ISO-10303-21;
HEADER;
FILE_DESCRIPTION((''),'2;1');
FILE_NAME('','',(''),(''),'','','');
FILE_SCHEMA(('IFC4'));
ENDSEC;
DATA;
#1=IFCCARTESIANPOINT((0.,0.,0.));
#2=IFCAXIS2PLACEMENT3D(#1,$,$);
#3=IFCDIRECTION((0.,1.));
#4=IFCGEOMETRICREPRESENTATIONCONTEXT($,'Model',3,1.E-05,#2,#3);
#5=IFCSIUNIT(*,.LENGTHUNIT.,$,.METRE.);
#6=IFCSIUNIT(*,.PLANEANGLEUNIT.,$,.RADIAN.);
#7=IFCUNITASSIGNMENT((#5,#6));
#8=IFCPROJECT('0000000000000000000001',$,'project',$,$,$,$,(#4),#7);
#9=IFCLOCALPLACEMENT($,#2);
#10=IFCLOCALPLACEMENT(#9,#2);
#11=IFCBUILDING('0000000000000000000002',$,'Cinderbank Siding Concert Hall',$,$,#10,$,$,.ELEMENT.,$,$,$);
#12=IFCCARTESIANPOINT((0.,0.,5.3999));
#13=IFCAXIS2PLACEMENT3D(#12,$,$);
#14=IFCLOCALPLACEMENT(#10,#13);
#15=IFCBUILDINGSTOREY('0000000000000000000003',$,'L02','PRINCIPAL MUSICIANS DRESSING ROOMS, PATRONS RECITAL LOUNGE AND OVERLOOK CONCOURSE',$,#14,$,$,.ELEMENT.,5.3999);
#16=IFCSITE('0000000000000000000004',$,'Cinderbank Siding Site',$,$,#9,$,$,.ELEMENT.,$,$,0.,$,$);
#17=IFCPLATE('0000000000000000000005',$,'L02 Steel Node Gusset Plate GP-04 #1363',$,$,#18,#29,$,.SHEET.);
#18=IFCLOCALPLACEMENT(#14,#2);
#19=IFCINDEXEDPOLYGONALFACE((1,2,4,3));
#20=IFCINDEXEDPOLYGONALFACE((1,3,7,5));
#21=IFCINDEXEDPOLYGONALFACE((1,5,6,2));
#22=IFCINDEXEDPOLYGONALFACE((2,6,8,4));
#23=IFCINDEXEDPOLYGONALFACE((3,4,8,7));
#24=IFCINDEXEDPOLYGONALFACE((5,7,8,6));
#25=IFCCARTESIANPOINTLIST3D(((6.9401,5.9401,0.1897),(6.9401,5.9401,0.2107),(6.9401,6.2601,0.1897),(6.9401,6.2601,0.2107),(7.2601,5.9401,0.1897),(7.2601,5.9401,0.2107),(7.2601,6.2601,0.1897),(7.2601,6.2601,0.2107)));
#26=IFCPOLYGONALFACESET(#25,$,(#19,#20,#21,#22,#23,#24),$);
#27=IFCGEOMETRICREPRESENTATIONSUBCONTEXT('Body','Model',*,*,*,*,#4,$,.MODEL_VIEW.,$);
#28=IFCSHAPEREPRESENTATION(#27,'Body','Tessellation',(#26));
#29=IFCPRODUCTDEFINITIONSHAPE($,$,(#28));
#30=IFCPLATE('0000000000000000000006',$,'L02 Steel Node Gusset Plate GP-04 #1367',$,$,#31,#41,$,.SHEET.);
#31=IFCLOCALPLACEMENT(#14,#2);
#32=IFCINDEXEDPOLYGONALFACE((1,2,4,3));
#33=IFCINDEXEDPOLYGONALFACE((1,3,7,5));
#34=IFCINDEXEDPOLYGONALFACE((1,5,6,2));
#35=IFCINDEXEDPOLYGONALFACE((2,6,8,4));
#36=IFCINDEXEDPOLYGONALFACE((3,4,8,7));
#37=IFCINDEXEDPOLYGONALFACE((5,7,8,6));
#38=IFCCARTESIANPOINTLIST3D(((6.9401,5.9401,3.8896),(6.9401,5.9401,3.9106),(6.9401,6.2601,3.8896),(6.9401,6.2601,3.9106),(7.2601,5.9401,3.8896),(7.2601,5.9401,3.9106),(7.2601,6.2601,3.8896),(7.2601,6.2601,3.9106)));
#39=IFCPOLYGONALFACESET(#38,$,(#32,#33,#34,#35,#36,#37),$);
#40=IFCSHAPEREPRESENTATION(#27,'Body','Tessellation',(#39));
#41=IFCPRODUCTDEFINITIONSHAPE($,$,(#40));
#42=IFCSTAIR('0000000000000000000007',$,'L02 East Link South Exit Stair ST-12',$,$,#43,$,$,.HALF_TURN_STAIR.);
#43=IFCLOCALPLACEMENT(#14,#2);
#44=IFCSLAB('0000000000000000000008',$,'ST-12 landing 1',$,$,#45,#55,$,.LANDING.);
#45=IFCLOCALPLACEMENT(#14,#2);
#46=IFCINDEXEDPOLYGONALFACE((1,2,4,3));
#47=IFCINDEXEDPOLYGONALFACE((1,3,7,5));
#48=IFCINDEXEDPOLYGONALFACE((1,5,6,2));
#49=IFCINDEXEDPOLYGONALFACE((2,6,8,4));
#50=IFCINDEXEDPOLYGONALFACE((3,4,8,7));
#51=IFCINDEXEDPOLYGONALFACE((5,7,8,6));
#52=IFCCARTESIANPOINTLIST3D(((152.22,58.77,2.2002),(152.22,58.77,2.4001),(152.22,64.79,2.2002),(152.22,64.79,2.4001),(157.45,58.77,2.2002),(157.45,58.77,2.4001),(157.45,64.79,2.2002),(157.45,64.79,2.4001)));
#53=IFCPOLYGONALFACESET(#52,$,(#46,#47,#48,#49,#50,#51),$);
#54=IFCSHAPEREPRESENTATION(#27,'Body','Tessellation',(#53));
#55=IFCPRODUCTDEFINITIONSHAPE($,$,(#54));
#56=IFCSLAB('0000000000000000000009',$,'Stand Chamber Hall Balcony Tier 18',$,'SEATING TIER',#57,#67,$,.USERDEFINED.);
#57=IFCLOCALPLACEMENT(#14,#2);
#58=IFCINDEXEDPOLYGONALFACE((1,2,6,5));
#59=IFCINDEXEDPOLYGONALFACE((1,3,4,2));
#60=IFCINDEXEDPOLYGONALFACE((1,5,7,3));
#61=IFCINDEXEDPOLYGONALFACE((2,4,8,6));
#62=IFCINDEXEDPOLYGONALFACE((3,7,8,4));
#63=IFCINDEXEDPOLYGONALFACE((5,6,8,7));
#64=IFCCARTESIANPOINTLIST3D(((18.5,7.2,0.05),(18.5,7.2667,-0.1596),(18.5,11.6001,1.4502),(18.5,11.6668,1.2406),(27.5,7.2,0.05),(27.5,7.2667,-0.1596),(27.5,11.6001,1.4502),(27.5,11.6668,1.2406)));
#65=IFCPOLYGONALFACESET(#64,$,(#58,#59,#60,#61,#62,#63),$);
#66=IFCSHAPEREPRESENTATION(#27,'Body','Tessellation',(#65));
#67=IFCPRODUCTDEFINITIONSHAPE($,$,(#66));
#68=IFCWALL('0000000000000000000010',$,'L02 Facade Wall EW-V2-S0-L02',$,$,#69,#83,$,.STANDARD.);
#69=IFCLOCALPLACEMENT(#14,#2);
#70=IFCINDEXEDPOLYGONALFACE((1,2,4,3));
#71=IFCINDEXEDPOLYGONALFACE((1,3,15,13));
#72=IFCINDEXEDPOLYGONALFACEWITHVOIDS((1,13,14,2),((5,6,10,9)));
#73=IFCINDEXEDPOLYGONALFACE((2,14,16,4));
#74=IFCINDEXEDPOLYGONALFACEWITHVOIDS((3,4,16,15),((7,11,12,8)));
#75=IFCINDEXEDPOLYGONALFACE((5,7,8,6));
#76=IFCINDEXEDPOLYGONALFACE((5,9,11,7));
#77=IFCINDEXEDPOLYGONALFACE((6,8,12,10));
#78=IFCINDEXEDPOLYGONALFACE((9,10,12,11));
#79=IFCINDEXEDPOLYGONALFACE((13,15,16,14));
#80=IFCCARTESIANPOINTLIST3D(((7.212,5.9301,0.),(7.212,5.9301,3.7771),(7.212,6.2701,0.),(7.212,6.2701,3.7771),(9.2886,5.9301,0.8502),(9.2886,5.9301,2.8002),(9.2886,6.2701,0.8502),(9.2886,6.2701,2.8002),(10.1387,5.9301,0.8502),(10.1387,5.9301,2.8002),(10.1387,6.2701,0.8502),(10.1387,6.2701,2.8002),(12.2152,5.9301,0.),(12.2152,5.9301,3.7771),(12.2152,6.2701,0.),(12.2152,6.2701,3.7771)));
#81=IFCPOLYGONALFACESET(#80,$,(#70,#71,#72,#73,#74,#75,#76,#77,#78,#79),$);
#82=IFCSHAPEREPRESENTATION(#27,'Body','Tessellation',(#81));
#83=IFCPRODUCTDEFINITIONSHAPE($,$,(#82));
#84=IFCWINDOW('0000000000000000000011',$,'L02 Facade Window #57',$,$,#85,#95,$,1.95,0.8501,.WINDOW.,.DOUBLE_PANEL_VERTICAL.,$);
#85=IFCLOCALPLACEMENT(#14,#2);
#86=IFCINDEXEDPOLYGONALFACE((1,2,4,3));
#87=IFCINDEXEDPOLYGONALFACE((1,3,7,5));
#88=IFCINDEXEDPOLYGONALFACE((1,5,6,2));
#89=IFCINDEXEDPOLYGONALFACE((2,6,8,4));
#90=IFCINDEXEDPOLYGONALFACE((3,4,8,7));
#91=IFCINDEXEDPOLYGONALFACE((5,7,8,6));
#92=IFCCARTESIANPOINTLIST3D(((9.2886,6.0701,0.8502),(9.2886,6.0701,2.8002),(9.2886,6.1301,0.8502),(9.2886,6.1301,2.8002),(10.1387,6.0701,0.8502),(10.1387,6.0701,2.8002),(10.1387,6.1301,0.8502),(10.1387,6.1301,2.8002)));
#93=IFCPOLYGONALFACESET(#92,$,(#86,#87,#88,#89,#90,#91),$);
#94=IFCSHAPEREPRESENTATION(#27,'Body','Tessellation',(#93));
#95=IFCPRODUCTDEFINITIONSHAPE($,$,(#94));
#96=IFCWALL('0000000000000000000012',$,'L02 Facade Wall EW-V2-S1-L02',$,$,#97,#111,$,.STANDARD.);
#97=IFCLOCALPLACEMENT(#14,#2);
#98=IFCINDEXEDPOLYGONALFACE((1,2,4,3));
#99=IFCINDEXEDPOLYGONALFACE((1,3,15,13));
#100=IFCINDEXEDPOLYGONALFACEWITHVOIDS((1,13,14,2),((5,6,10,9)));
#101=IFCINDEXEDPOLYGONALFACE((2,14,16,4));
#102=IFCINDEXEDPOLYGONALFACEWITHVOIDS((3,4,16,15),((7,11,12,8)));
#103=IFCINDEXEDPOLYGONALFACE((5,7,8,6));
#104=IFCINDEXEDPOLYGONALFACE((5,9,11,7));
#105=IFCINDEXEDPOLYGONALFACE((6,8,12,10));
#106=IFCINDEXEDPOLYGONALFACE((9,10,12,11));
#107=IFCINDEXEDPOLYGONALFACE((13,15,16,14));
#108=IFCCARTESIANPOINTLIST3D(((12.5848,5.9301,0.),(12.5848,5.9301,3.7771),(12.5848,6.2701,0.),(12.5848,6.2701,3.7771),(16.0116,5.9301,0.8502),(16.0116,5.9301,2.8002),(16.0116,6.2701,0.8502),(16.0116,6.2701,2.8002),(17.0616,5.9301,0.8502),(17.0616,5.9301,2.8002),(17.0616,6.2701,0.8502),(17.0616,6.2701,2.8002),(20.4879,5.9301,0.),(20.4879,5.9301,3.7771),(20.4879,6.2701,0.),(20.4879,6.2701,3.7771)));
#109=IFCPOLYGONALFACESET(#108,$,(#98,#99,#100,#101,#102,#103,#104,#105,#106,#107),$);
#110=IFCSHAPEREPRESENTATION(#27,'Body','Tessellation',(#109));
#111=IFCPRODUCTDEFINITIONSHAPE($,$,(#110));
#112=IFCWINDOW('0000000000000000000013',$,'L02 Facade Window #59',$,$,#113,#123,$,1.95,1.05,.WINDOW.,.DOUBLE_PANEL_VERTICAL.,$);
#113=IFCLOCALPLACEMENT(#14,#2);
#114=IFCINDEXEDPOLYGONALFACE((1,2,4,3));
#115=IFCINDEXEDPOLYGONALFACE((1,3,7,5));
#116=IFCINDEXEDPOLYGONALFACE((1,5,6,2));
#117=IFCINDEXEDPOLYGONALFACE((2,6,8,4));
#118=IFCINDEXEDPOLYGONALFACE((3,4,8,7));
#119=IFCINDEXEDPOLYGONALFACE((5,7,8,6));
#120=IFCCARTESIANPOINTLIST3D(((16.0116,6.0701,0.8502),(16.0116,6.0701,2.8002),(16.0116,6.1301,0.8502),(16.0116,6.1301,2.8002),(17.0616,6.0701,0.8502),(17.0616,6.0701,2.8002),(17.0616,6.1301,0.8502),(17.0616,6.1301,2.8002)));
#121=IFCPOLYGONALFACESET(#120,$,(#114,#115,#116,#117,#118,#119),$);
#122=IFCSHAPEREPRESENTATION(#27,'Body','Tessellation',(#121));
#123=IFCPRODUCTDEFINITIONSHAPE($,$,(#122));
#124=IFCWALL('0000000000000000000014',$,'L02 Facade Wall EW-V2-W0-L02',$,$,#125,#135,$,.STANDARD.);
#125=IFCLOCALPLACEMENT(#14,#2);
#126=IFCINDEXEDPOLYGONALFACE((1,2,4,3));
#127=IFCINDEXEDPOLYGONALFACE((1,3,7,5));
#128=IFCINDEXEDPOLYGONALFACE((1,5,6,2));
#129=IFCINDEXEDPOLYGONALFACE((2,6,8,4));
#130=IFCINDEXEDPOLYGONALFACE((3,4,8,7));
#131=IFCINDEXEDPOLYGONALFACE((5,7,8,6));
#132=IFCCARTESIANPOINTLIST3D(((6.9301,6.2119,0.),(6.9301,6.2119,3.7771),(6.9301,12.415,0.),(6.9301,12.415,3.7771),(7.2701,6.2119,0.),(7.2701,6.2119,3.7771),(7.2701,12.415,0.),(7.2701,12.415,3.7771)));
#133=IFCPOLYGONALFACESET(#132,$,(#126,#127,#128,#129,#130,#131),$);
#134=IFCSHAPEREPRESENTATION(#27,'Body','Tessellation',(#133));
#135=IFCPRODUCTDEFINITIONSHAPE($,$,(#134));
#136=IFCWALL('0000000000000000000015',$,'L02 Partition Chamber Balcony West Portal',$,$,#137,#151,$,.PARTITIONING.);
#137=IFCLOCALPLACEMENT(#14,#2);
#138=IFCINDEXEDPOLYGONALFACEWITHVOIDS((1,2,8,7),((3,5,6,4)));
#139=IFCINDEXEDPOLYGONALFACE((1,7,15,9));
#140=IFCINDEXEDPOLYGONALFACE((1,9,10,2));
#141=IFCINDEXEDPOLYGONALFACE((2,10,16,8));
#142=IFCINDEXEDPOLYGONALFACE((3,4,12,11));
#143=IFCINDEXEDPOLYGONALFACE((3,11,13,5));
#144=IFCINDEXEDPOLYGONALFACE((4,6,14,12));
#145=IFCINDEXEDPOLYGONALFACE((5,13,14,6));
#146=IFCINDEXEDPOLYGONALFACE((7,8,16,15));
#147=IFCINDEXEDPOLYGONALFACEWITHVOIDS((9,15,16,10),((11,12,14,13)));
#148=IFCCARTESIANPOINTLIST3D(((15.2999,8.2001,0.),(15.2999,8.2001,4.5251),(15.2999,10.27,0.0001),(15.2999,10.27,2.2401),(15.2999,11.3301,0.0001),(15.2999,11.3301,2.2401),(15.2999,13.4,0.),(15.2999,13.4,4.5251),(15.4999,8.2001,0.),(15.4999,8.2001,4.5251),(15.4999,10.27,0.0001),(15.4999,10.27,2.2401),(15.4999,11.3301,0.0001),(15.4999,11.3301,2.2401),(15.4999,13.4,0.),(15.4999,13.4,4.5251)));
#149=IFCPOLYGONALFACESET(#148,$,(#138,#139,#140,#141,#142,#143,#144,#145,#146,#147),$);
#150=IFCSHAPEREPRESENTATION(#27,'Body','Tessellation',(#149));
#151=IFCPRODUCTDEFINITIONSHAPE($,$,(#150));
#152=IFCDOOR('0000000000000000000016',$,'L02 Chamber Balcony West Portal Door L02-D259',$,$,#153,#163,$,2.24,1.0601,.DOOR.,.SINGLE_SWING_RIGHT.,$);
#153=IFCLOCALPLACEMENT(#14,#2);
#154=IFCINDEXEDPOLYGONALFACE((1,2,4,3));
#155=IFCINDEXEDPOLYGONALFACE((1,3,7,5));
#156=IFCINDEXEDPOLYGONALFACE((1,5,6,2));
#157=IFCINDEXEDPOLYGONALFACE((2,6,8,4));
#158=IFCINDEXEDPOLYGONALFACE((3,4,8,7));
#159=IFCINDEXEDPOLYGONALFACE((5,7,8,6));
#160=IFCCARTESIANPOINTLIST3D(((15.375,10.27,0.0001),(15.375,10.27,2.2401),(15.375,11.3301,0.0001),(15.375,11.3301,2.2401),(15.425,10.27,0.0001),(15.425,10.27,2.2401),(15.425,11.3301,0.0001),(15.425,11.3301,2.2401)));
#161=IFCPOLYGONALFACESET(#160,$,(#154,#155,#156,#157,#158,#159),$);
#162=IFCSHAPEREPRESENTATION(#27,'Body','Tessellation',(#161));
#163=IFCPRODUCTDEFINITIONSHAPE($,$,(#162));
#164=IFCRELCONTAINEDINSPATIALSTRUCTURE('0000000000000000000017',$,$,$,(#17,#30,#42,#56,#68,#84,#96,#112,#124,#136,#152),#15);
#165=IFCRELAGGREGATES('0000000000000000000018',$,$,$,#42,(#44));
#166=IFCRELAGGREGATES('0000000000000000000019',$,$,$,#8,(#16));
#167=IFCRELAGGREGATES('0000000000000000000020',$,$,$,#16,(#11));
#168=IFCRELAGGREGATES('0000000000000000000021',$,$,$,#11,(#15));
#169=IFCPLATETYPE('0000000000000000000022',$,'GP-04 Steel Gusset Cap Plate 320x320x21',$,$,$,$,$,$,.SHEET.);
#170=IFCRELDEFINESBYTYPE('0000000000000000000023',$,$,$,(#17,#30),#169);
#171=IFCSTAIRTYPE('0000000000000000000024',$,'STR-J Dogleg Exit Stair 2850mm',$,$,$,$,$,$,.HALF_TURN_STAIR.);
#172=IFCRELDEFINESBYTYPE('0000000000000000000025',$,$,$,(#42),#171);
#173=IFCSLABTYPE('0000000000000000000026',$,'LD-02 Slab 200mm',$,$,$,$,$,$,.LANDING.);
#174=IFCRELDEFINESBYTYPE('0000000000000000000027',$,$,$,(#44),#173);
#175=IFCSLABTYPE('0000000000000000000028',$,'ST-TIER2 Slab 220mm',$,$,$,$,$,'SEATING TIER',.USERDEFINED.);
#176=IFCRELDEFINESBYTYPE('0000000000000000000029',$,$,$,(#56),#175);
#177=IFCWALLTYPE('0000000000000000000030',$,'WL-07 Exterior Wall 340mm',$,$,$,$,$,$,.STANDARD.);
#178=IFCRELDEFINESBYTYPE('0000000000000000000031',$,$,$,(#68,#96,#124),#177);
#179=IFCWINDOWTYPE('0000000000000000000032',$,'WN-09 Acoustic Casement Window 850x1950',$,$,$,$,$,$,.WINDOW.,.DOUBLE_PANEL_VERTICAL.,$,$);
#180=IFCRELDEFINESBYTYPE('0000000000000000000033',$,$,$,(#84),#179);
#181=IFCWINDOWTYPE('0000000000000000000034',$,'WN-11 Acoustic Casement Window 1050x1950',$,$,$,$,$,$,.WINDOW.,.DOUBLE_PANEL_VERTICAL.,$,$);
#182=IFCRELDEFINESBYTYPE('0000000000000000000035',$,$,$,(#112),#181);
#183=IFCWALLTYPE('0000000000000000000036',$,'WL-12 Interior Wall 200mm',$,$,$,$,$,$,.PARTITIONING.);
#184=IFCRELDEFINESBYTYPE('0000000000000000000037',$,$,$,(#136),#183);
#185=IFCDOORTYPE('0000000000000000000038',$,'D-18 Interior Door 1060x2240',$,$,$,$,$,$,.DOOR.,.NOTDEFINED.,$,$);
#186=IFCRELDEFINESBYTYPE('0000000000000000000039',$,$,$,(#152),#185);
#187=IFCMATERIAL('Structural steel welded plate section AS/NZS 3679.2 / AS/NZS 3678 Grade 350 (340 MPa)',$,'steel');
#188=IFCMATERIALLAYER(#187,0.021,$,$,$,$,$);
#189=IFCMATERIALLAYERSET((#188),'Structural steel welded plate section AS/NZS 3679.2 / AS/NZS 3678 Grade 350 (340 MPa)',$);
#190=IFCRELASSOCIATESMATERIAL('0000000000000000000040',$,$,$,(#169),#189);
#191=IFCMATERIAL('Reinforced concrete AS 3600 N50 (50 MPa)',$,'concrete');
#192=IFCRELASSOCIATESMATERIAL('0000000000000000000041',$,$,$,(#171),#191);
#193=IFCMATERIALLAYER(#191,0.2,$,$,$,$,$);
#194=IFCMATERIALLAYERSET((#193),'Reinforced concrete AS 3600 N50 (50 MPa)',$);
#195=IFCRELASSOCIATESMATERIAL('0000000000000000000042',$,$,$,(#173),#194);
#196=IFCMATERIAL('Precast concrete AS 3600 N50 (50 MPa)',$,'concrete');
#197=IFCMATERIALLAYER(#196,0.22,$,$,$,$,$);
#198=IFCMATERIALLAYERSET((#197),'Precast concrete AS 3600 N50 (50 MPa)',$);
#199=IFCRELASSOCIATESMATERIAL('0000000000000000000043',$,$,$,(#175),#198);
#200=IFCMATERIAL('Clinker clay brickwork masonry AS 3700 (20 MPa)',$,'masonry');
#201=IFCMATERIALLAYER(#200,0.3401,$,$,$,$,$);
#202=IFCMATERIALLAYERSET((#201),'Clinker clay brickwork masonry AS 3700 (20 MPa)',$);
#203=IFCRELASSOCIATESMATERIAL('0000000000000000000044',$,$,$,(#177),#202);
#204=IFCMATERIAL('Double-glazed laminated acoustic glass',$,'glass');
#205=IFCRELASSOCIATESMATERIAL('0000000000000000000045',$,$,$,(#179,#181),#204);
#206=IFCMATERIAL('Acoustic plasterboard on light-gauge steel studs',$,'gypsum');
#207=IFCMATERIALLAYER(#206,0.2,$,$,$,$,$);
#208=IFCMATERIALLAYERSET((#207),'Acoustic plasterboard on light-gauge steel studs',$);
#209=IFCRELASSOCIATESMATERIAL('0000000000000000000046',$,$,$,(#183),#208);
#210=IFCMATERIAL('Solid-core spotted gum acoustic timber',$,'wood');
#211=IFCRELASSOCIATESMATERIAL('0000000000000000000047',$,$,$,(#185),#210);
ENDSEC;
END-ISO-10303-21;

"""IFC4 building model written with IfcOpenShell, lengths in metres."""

from ifc_helpers import new_model, si_unit, direction, frame, frame_2d, origin, origin_2d, place, context, subcontext, project, spatial, polyline, rectangle, outline, extrude, material, layer, layer_set, type_object, element, fill, aggregate, save


model = new_model("IFC4")

# Units and contexts
model_context = context("Model", 3, precision=1e-05, world=origin(), true_north=direction((0.0, 1.0)))
body_context = subcontext(model_context, "Body", "Model", "MODEL_VIEW")
ifc_project = project(units=[si_unit("LENGTHUNIT", "METRE"), si_unit("PLANEANGLEUNIT", "RADIAN")], contexts=[model_context])

# Site, building, storey
site_placement = place(None, origin())
site = spatial("IfcSite", under=ifc_project, at=site_placement, Name="Cinderbank Siding Site", CompositionType="ELEMENT", RefElevation=0.0)
building_placement = place(site_placement, origin())
building = spatial("IfcBuilding", under=site, at=building_placement, Name="Cinderbank Siding Concert Hall", CompositionType="ELEMENT")
storey_placement = place(building_placement, frame((0.0, 0.0, 5.3999)))
storey = spatial("IfcBuildingStorey", under=building, at=storey_placement, Name="L02", Description="PRINCIPAL MUSICIANS DRESSING ROOMS, PATRONS RECITAL LOUNGE AND OVERLOOK CONCOURSE", CompositionType="ELEMENT", Elevation=5.3999)

# Shared definitions
ifc_material_1 = material(Name="Reinforced concrete AS 3600 N50 (50 MPa)", Category="concrete")

# Shared definitions
ifc_material_2 = material(Name="Structural steel welded plate section AS/NZS 3679.2 / AS/NZS 3678 Grade 350 (340 MPa)", Category="steel")

# Plates
ifc_layer_1 = layer(ifc_material_2, 0.021)
ifc_layer_set_1 = layer_set([ifc_layer_1], Name="Structural steel welded plate section AS/NZS 3679.2 / AS/NZS 3678 Grade 350 (340 MPa)")
plate_type_1 = type_object("IfcPlateType", Name="GP-04 Steel Gusset Cap Plate 320x320x21", PredefinedType="SHEET", material=ifc_layer_set_1)
for number, where, z_axis, x_axis, name in (
    (1, (7.1001, 6.1001, 0.1897), (0.0, 0.0, 1.0), (0.0, 1.0, 0.0), "L02 Steel Node Gusset Plate GP-04 #1363"),
    (2, (7.1001, 6.1001, 3.8896), (0.0, 0.0, 1.0), (0.0, -1.0, 0.0), "L02 Steel Node Gusset Plate GP-04 #1367"),
):
    element("IfcPlate", number, at=place(storey_placement, frame(where, z_axis=z_axis, x_axis=x_axis)), inside=storey, type_object=plate_type_1, Name=name, PredefinedType="SHEET", context=body_context, shape_type="SweptSolid", body=[
        extrude(rectangle(XDim=0.3201, YDim=0.3201, at=origin_2d()), origin(), (0.0, 0.0, 1.0), 0.021),
    ])

# Stair, slab
stair_type = type_object("IfcStairType", Name="STR-J Dogleg Exit Stair 2850mm", PredefinedType="HALF_TURN_STAIR", material=ifc_material_1)
stair_placement = place(storey_placement, origin())
stair = element("IfcStair", 3, at=stair_placement, inside=storey, type_object=stair_type, Name="L02 East Link South Exit Stair ST-12", PredefinedType="HALF_TURN_STAIR")
ifc_layer_2 = layer(ifc_material_1, 0.2)
ifc_layer_set_2 = layer_set([ifc_layer_2], Name="Reinforced concrete AS 3600 N50 (50 MPa)")
slab_type_1 = type_object("IfcSlabType", Name="LD-02 Slab 200mm", PredefinedType="LANDING", material=ifc_layer_set_2)
slab_1_placement = place(storey_placement, frame((0.0, 0.0, 2.2002)))
slab_1 = element("IfcSlab", 4, at=slab_1_placement, type_object=slab_type_1, Name="ST-12 landing 1", PredefinedType="LANDING", context=body_context, shape_type="SweptSolid", body=[
    extrude(outline(polyline([(157.45, 64.79), (157.45, 58.77), (152.22, 58.77), (152.22, 64.79), (157.45, 64.79)])), origin(), (0.0, 0.0, 1.0), 0.2),
])
aggregate(stair, [slab_1])

# Slab
ifc_material_3 = material(Name="Precast concrete AS 3600 N50 (50 MPa)", Category="concrete")
ifc_layer_3 = layer(ifc_material_3, 0.22)
ifc_layer_set_3 = layer_set([ifc_layer_3], Name="Precast concrete AS 3600 N50 (50 MPa)")
slab_type_2 = type_object("IfcSlabType", Name="ST-TIER2 Slab 220mm", ElementType="SEATING TIER", PredefinedType="USERDEFINED", material=ifc_layer_set_3)
slab_2_placement = place(storey_placement, frame((18.5, 7.2, 0.05), z_axis=(0.0, -0.303223, 0.95292), x_axis=(1.0, 0.0, 0.0)))
element("IfcSlab", 5, at=slab_2_placement, inside=storey, type_object=slab_type_2, Name="Stand Chamber Hall Balcony Tier 18", ObjectType="SEATING TIER", PredefinedType="USERDEFINED", context=body_context, shape_type="SweptSolid", body=[
    extrude(outline(polyline([(0.0, 0.0), (9.0, 0.0), (9.0, 4.6175), (0.0, 4.6175), (0.0, 0.0)])), origin(), (0.0, 0.0, -1.0), 0.22),
])

# Walls, openings, windows
ifc_material_4 = material(Name="Clinker clay brickwork masonry AS 3700 (20 MPa)", Category="masonry")
ifc_layer_4 = layer(ifc_material_4, 0.3401)
ifc_layer_set_4 = layer_set([ifc_layer_4], Name="Clinker clay brickwork masonry AS 3700 (20 MPa)")
wall_type_1 = type_object("IfcWallType", Name="WL-07 Exterior Wall 340mm", PredefinedType="STANDARD", material=ifc_layer_set_4)
wall_1_placement = place(storey_placement, frame((12.2151, 6.1001, 0.0), z_axis=(0.0, 0.0, 1.0), x_axis=(-1.0, 0.0, 0.0)))
wall_1 = element("IfcWall", 6, at=wall_1_placement, inside=storey, type_object=wall_type_1, Name="L02 Facade Wall EW-V2-S0-L02", PredefinedType="STANDARD", context=body_context, shape_type="SweptSolid", body=[
    extrude(rectangle(XDim=5.0032, YDim=0.3401, at=frame_2d((2.5015, 0.0))), origin(), (0.0, 0.0, 1.0), 3.7771),
])
opening_1_placement = place(wall_1_placement, frame((2.0764, 0.0, 0.8501)))
opening_1 = element("IfcOpeningElement", 7, at=opening_1_placement, cuts=wall_1, PredefinedType="OPENING", context=body_context, shape_type="SweptSolid", body=[
    extrude(rectangle(XDim=0.8501, YDim=1.95, at=frame_2d((0.425, 0.9751))), frame((0.0, 0.1821, 0.0), z_axis=(0.0, -1.0, 0.0), x_axis=(1.0, 0.0, 0.0)), (0.0, 0.0, 1.0), 0.364),
])
ifc_material_5 = material(Name="Double-glazed laminated acoustic glass", Category="glass")
window_type_1 = type_object("IfcWindowType", Name="WN-09 Acoustic Casement Window 850x1950", PartitioningType="DOUBLE_PANEL_VERTICAL", PredefinedType="WINDOW", material=ifc_material_5)
window_1_placement = place(opening_1_placement, origin())
window_1 = element("IfcWindow", 8, at=window_1_placement, inside=storey, type_object=window_type_1, Name="L02 Facade Window #57", OverallHeight=1.95, OverallWidth=0.8501, PartitioningType="DOUBLE_PANEL_VERTICAL", PredefinedType="WINDOW", context=body_context, shape_type="SweptSolid", body=[
    extrude(rectangle(XDim=0.8501, YDim=1.95, at=frame_2d((0.425, 0.9751))), frame((0.0, 0.03, 0.0), z_axis=(0.0, -1.0, 0.0), x_axis=(1.0, 0.0, 0.0)), (0.0, 0.0, 1.0), 0.0601),
])
fill(opening_1, window_1)
wall_2_placement = place(storey_placement, frame((20.488, 6.1001, 0.0), z_axis=(0.0, 0.0, 1.0), x_axis=(-1.0, 0.0, 0.0)))
wall_2 = element("IfcWall", 9, at=wall_2_placement, inside=storey, type_object=wall_type_1, Name="L02 Facade Wall EW-V2-S1-L02", PredefinedType="STANDARD", context=body_context, shape_type="SweptSolid", body=[
    extrude(rectangle(XDim=7.9031, YDim=0.3401, at=frame_2d((3.9517, 0.0))), origin(), (0.0, 0.0, 1.0), 3.7771),
])
opening_2_placement = place(wall_2_placement, frame((3.4265, 0.0, 0.8501)))
opening_2 = element("IfcOpeningElement", 10, at=opening_2_placement, cuts=wall_2, PredefinedType="OPENING", context=body_context, shape_type="SweptSolid", body=[
    extrude(rectangle(XDim=1.05, YDim=1.95, at=frame_2d((0.5249, 0.9751))), frame((0.0, 0.1821, 0.0), z_axis=(0.0, -1.0, 0.0), x_axis=(1.0, 0.0, 0.0)), (0.0, 0.0, 1.0), 0.364),
])
window_type_2 = type_object("IfcWindowType", Name="WN-11 Acoustic Casement Window 1050x1950", PartitioningType="DOUBLE_PANEL_VERTICAL", PredefinedType="WINDOW", material=ifc_material_5)
window_2_placement = place(opening_2_placement, origin())
window_2 = element("IfcWindow", 11, at=window_2_placement, inside=storey, type_object=window_type_2, Name="L02 Facade Window #59", OverallHeight=1.95, OverallWidth=1.05, PartitioningType="DOUBLE_PANEL_VERTICAL", PredefinedType="WINDOW", context=body_context, shape_type="SweptSolid", body=[
    extrude(rectangle(XDim=1.05, YDim=1.95, at=frame_2d((0.5249, 0.9751))), frame((0.0, 0.03, 0.0), z_axis=(0.0, -1.0, 0.0), x_axis=(1.0, 0.0, 0.0)), (0.0, 0.0, 1.0), 0.0601),
])
fill(opening_2, window_2)

# Wall
wall_3_placement = place(storey_placement, frame((7.1001, 6.2119, 0.0), z_axis=(0.0, 0.0, 1.0), x_axis=(0.0, 1.0, 0.0)))
element("IfcWall", 12, at=wall_3_placement, inside=storey, type_object=wall_type_1, Name="L02 Facade Wall EW-V2-W0-L02", PredefinedType="STANDARD", context=body_context, shape_type="SweptSolid", body=[
    extrude(rectangle(XDim=6.2031, YDim=0.3401, at=frame_2d((3.1016, 0.0))), origin(), (0.0, 0.0, 1.0), 3.7771),
])

# Wall, opening, door
ifc_material_6 = material(Name="Acoustic plasterboard on light-gauge steel studs", Category="gypsum")
ifc_layer_5 = layer(ifc_material_6, 0.2)
ifc_layer_set_5 = layer_set([ifc_layer_5], Name="Acoustic plasterboard on light-gauge steel studs")
wall_type_2 = type_object("IfcWallType", Name="WL-12 Interior Wall 200mm", PredefinedType="PARTITIONING", material=ifc_layer_set_5)
wall_4_placement = place(storey_placement, frame((15.3999, 8.2, 0.0), z_axis=(0.0, 0.0, 1.0), x_axis=(0.0, 1.0, 0.0)))
wall_4 = element("IfcWall", 13, at=wall_4_placement, inside=storey, type_object=wall_type_2, Name="L02 Partition Chamber Balcony West Portal", PredefinedType="PARTITIONING", context=body_context, shape_type="SweptSolid", body=[
    extrude(rectangle(XDim=5.2, YDim=0.2, at=frame_2d((2.6001, 0.0))), origin(), (0.0, 0.0, 1.0), 4.5251),
])
opening_3_placement = place(wall_4_placement, frame((2.0701, 0.0, 0.0)))
opening_3 = element("IfcOpeningElement", 14, at=opening_3_placement, cuts=wall_4, PredefinedType="OPENING", context=body_context, shape_type="SweptSolid", body=[
    extrude(rectangle(XDim=1.0601, YDim=2.24, at=frame_2d((0.53, 1.1201))), frame((0.0, 0.1118, 0.0), z_axis=(0.0, -1.0, 0.0), x_axis=(1.0, 0.0, 0.0)), (0.0, 0.0, 1.0), 0.2239),
])
ifc_material_7 = material(Name="Solid-core spotted gum acoustic timber", Category="wood")
door_type = type_object("IfcDoorType", Name="D-18 Interior Door 1060x2240", OperationType="NOTDEFINED", PredefinedType="DOOR", material=ifc_material_7)
door_placement = place(opening_3_placement, origin())
door = element("IfcDoor", 15, at=door_placement, inside=storey, type_object=door_type, Name="L02 Chamber Balcony West Portal Door L02-D259", OperationType="SINGLE_SWING_RIGHT", OverallHeight=2.24, OverallWidth=1.0601, PredefinedType="DOOR", context=body_context, shape_type="SweptSolid", body=[
    extrude(rectangle(XDim=1.0601, YDim=2.24, at=frame_2d((0.53, 1.1201))), frame((0.0, 0.0249, 0.0), z_axis=(0.0, -1.0, 0.0), x_axis=(1.0, 0.0, 0.0)), (0.0, 0.0, 1.0), 0.05),
])
fill(opening_3, door)

save(model, "model.ifc")
